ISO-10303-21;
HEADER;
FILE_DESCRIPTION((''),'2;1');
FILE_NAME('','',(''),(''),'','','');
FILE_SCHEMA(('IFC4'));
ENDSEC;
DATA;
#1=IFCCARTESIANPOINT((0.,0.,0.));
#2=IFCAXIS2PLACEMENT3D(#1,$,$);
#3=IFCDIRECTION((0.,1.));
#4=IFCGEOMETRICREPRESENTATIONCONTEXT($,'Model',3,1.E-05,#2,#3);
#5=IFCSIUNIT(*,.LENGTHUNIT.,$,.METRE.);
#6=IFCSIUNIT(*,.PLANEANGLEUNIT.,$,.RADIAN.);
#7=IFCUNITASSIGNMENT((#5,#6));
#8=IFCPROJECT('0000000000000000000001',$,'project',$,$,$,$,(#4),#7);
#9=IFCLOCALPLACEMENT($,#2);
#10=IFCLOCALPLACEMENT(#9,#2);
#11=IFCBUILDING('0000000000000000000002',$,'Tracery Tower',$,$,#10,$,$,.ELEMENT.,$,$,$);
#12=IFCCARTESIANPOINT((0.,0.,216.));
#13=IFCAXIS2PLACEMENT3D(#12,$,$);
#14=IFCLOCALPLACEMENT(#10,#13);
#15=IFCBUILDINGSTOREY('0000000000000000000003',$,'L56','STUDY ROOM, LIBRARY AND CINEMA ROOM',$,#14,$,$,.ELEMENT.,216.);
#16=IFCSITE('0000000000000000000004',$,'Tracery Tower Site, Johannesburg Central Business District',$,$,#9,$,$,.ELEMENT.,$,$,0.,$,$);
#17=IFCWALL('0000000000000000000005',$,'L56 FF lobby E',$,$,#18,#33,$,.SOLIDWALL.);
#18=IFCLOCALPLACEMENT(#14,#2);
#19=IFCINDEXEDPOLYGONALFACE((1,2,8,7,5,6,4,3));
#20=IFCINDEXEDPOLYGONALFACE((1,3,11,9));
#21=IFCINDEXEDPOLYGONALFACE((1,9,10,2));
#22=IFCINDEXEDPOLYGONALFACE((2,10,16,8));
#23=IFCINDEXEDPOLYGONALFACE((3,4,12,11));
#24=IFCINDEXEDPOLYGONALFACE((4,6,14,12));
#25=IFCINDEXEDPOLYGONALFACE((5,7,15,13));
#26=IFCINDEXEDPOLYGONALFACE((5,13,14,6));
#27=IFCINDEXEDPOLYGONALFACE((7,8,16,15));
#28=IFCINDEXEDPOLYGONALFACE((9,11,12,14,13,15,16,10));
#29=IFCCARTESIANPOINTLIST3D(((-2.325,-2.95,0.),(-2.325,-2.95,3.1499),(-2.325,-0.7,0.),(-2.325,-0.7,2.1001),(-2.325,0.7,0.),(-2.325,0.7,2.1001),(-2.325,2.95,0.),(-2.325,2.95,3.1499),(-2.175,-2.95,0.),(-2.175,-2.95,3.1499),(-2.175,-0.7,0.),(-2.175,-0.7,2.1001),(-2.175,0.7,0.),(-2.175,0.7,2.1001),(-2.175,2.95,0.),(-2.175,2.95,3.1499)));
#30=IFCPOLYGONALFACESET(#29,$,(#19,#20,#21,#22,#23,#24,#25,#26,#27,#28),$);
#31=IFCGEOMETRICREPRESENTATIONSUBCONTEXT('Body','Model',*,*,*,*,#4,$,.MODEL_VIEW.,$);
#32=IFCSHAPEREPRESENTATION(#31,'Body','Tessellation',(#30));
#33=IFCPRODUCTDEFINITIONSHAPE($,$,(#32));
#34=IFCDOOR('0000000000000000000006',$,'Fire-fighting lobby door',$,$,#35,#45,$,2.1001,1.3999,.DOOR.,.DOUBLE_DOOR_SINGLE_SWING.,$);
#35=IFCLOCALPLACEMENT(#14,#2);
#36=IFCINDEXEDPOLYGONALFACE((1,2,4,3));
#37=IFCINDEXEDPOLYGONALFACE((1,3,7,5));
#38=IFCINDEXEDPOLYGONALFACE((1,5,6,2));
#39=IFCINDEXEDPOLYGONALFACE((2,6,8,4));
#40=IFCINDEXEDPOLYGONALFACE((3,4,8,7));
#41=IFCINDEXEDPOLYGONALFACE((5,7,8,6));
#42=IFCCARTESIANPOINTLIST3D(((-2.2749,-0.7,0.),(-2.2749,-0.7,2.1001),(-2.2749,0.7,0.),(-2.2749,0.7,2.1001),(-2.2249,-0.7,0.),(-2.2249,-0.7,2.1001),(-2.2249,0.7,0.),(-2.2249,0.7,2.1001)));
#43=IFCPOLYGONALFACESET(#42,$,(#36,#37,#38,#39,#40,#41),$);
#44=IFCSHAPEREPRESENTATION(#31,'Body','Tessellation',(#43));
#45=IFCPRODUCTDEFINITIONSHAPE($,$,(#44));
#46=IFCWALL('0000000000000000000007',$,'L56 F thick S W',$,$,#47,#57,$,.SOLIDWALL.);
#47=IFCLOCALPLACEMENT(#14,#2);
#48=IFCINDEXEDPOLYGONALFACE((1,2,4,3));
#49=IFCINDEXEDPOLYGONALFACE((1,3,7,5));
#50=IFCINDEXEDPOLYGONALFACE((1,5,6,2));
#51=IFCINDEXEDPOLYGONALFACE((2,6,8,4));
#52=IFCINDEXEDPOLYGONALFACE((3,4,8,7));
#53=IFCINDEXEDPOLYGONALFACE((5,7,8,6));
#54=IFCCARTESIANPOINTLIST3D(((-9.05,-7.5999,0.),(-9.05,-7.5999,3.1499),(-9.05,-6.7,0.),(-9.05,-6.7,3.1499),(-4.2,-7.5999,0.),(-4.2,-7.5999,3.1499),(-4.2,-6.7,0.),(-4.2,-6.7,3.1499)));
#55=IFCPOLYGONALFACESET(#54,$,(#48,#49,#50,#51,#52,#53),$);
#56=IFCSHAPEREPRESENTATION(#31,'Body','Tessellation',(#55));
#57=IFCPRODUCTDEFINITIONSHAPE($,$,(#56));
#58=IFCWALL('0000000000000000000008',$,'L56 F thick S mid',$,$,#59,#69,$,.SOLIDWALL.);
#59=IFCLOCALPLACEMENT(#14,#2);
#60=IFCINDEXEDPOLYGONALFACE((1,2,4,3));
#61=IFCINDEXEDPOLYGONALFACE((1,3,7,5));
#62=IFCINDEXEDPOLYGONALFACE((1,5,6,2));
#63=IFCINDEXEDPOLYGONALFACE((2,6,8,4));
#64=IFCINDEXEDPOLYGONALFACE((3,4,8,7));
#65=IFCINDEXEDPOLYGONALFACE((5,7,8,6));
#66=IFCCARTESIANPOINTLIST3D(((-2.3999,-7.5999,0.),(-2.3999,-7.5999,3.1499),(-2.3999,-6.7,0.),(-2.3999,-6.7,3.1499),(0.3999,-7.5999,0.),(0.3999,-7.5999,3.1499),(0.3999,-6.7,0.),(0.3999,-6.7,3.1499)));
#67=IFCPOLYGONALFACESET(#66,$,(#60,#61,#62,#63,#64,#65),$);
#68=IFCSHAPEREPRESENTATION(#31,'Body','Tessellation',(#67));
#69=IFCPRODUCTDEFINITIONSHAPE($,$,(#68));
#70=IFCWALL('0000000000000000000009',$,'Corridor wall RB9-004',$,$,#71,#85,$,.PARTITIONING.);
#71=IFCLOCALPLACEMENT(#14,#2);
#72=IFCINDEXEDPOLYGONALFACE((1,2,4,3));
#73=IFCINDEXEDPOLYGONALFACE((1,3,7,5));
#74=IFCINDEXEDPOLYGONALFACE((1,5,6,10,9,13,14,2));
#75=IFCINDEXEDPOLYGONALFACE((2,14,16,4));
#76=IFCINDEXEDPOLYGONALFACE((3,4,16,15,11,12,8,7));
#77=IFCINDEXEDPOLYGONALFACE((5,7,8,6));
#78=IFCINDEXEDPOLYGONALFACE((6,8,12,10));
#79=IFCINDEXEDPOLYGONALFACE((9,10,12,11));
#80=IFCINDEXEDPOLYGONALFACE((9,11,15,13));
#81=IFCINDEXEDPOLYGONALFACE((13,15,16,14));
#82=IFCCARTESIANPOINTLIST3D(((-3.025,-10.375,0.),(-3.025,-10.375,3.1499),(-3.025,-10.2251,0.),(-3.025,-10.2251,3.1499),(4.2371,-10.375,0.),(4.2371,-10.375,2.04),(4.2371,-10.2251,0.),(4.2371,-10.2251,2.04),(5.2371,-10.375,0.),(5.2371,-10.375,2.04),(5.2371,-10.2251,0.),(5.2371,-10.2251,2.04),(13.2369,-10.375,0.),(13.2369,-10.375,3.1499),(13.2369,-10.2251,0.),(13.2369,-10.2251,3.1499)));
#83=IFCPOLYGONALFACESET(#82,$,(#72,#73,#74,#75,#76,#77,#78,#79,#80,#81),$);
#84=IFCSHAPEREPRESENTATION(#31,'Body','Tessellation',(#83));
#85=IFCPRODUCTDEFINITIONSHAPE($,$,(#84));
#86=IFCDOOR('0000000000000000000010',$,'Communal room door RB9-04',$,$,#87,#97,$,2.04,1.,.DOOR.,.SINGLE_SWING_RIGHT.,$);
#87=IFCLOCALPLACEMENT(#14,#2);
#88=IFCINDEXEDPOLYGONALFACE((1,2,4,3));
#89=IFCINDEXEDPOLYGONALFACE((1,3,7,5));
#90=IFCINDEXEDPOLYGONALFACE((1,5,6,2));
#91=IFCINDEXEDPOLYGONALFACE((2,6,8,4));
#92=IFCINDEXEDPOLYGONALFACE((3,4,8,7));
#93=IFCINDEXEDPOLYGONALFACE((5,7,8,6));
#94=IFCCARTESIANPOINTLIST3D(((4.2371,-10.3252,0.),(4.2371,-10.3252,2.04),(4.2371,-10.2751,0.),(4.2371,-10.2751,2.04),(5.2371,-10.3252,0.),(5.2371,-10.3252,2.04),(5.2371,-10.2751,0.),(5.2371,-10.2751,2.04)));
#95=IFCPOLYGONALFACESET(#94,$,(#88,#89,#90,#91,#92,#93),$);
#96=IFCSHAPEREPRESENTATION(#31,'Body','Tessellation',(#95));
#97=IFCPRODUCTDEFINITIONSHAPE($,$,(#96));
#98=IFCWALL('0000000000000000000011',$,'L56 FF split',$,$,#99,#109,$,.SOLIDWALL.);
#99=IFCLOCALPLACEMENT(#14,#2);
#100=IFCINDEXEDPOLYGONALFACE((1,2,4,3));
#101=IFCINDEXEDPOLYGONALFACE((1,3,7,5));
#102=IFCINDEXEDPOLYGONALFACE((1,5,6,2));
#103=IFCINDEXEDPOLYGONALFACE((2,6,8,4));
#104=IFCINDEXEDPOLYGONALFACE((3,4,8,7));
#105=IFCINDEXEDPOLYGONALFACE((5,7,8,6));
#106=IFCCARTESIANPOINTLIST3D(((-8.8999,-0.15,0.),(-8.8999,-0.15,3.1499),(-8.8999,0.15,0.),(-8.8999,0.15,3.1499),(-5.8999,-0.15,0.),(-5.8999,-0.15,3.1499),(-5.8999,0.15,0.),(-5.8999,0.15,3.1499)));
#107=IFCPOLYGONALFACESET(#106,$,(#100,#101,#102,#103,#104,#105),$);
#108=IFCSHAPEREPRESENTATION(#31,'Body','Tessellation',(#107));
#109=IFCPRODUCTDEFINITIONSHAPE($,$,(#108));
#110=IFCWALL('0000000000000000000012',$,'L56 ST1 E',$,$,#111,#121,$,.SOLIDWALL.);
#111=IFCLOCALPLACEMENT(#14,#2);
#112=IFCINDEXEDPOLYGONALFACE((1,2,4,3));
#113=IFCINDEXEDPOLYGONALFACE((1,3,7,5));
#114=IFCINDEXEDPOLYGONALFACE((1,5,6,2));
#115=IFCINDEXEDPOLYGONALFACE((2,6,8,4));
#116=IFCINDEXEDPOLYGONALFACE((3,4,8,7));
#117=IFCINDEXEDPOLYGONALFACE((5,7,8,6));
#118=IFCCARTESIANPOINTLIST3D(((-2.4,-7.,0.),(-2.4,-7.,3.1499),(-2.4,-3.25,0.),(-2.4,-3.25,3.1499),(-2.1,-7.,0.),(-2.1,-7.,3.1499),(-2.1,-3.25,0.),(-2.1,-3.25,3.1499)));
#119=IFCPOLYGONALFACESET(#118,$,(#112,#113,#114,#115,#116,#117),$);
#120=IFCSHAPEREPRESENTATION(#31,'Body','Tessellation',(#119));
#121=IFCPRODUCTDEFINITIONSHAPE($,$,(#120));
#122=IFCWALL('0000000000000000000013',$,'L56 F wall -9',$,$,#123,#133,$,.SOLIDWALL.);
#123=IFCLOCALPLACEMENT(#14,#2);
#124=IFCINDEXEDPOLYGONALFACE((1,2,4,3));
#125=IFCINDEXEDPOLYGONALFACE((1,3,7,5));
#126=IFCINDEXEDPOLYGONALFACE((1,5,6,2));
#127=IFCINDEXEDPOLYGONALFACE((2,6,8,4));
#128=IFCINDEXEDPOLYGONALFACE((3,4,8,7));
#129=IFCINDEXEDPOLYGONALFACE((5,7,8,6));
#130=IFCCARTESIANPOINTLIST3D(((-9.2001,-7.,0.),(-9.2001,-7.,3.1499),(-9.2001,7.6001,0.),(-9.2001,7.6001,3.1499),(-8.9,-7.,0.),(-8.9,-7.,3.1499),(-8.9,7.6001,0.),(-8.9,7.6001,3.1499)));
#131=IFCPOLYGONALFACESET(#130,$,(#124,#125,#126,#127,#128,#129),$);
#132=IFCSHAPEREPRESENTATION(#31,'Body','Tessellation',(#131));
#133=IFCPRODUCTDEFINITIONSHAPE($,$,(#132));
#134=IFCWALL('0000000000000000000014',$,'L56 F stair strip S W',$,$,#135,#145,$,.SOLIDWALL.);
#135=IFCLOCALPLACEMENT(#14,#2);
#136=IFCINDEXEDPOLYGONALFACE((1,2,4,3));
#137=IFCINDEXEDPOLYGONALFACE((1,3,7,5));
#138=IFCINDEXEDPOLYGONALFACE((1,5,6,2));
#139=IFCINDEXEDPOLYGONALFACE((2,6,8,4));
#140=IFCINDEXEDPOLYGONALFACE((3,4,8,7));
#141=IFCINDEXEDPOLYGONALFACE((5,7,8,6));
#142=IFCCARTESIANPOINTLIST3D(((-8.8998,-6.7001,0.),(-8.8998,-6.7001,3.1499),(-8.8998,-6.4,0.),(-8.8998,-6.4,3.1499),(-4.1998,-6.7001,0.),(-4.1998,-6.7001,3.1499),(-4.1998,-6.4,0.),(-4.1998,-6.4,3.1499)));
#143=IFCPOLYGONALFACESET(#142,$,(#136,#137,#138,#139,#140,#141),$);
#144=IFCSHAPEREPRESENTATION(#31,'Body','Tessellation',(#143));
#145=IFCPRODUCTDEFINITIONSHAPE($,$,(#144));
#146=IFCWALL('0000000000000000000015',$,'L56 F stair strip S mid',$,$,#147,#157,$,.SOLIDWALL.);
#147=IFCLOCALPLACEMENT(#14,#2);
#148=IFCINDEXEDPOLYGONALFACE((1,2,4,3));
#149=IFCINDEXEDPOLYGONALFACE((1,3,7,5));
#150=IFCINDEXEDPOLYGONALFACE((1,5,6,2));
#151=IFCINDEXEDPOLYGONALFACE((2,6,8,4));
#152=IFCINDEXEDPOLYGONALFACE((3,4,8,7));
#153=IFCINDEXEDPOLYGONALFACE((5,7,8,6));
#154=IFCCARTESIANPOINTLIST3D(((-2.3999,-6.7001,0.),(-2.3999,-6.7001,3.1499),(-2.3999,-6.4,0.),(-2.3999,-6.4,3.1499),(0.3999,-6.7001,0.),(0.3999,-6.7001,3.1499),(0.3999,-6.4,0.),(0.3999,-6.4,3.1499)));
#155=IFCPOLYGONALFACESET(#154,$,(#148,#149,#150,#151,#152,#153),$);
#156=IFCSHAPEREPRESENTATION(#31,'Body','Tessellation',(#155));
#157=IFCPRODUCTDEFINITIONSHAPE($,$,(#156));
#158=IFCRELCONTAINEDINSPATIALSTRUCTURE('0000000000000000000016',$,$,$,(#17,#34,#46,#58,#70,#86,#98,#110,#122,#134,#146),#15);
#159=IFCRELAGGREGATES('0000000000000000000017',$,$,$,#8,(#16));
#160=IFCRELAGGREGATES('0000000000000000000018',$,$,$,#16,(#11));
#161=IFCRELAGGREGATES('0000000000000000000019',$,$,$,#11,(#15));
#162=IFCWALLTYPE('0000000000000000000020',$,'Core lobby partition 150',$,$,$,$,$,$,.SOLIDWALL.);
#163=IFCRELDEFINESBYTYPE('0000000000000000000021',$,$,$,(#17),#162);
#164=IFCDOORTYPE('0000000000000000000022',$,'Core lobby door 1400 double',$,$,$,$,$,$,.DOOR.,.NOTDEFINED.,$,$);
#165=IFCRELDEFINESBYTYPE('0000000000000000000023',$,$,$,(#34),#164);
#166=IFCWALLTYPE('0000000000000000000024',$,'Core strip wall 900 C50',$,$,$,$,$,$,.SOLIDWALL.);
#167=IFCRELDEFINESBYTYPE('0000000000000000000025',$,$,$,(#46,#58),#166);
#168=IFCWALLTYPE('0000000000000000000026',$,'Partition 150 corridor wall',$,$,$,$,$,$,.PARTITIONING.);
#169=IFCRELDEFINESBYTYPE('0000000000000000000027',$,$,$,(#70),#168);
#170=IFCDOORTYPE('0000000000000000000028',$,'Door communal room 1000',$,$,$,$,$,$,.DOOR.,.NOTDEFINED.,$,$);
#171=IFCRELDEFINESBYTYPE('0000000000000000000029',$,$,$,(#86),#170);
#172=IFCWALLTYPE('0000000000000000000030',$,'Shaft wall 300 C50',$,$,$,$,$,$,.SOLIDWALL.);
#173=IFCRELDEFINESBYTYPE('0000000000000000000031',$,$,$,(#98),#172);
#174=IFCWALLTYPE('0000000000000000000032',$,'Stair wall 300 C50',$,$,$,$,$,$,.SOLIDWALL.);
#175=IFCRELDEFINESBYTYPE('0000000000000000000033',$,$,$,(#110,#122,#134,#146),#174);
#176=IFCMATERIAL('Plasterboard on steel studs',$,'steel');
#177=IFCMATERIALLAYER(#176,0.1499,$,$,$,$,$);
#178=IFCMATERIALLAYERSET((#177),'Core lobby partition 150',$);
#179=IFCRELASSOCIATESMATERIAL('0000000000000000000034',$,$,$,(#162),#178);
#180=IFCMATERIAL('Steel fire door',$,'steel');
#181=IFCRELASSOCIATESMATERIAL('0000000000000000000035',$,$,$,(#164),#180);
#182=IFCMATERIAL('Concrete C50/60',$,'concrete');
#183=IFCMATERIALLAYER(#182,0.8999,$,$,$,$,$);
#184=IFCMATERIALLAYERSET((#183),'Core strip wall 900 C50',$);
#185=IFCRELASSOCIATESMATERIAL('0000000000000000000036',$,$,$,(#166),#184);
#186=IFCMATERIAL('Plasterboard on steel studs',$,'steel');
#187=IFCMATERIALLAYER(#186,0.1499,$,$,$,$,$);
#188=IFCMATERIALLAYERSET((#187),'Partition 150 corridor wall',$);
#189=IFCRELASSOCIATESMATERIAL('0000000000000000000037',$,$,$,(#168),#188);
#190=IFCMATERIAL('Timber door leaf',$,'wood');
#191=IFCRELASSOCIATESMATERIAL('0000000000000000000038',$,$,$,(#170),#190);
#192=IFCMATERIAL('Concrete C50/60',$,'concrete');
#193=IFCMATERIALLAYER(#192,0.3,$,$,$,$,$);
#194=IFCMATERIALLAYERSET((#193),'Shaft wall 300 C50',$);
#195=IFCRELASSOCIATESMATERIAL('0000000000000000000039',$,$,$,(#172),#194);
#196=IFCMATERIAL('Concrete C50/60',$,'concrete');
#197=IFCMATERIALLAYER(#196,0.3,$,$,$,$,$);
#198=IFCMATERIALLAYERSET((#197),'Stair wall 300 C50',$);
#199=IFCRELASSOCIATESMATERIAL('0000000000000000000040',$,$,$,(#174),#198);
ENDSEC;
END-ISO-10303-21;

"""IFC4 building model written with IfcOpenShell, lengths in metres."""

from ifc_helpers import new_model, si_unit, direction, frame, frame_2d, origin, place, context, subcontext, project, spatial, rectangle, extrude, material, layer, layer_set, type_object, element, fill, save


model = new_model("IFC4")

# Units and contexts
model_context = context("Model", 3, precision=1e-05, world=origin(), true_north=direction((0.0, 1.0)))
body_context = subcontext(model_context, "Body", "Model", "MODEL_VIEW")
ifc_project = project(units=[si_unit("LENGTHUNIT", "METRE"), si_unit("PLANEANGLEUNIT", "RADIAN")], contexts=[model_context])

# Site, building, storey
site_placement = place(None, origin())
site = spatial("IfcSite", under=ifc_project, at=site_placement, Name="Tracery Tower Site, Johannesburg Central Business District", CompositionType="ELEMENT", RefElevation=0.0)
building_placement = place(site_placement, origin())
building = spatial("IfcBuilding", under=site, at=building_placement, Name="Tracery Tower", CompositionType="ELEMENT")
storey_placement = place(building_placement, frame((0.0, 0.0, 216.0)))
storey = spatial("IfcBuildingStorey", under=building, at=storey_placement, Name="L56", Description="STUDY ROOM, LIBRARY AND CINEMA ROOM", CompositionType="ELEMENT", Elevation=216.0)

# Wall, opening, door
ifc_material_1 = material(Name="Plasterboard on steel studs", Category="steel")
ifc_layer_1 = layer(ifc_material_1, 0.1499)
ifc_layer_set_1 = layer_set([ifc_layer_1], Name="Core lobby partition 150")
wall_type_1 = type_object("IfcWallType", Name="Core lobby partition 150", PredefinedType="SOLIDWALL", material=ifc_layer_set_1)
wall_1_placement = place(storey_placement, frame((-2.25, -2.95, 0.0), z_axis=(0.0, 0.0, 1.0), x_axis=(0.0, 1.0, 0.0)))
wall_1 = element("IfcWall", 1, at=wall_1_placement, inside=storey, type_object=wall_type_1, Name="L56 FF lobby E", PredefinedType="SOLIDWALL", context=body_context, shape_type="SweptSolid", body=[
    extrude(rectangle(XDim=5.8999, YDim=0.1499, at=frame_2d((2.95, 0.0))), origin(), (0.0, 0.0, 1.0), 3.1499),
])
opening_1_placement = place(wall_1_placement, frame((2.25, 0.0, 0.0)))
opening_1 = element("IfcOpeningElement", 2, at=opening_1_placement, cuts=wall_1, PredefinedType="OPENING", context=body_context, shape_type="SweptSolid", body=[
    extrude(rectangle(XDim=1.3999, YDim=2.1001, at=frame_2d((0.7, 1.05))), frame((0.0, 0.075, 0.0), z_axis=(0.0, -1.0, 0.0), x_axis=(1.0, 0.0, 0.0)), (0.0, 0.0, 1.0), 0.1499),
])
ifc_material_2 = material(Name="Steel fire door", Category="steel")
door_type_1 = type_object("IfcDoorType", Name="Core lobby door 1400 double", OperationType="NOTDEFINED", PredefinedType="DOOR", material=ifc_material_2)
door_1_placement = place(opening_1_placement, origin())
door_1 = element("IfcDoor", 3, at=door_1_placement, inside=storey, type_object=door_type_1, Name="Fire-fighting lobby door", OperationType="DOUBLE_DOOR_SINGLE_SWING", OverallHeight=2.1001, OverallWidth=1.3999, PredefinedType="DOOR", context=body_context, shape_type="SweptSolid", body=[
    extrude(rectangle(XDim=1.3999, YDim=2.1001, at=frame_2d((0.7, 1.05))), frame((0.0, 0.0249, 0.0), z_axis=(0.0, -1.0, 0.0), x_axis=(1.0, 0.0, 0.0)), (0.0, 0.0, 1.0), 0.05),
])
fill(opening_1, door_1)

# Walls
ifc_material_3 = material(Name="Concrete C50/60", Category="concrete")
ifc_layer_2 = layer(ifc_material_3, 0.8999)
ifc_layer_set_2 = layer_set([ifc_layer_2], Name="Core strip wall 900 C50")
wall_type_2 = type_object("IfcWallType", Name="Core strip wall 900 C50", PredefinedType="SOLIDWALL", material=ifc_layer_set_2)
wall_2_placement = place(storey_placement, frame((-9.05, -7.1499, 0.0), z_axis=(0.0, 0.0, 1.0), x_axis=(1.0, 0.0, 0.0)))
element("IfcWall", 4, at=wall_2_placement, inside=storey, type_object=wall_type_2, Name="L56 F thick S W", PredefinedType="SOLIDWALL", context=body_context, shape_type="SweptSolid", body=[
    extrude(rectangle(XDim=4.8501, YDim=0.8999, at=frame_2d((2.425, 0.0))), origin(), (0.0, 0.0, 1.0), 3.1499),
])
wall_3_placement = place(storey_placement, frame((-2.3999, -7.1499, 0.0), z_axis=(0.0, 0.0, 1.0), x_axis=(1.0, 0.0, 0.0)))
element("IfcWall", 5, at=wall_3_placement, inside=storey, type_object=wall_type_2, Name="L56 F thick S mid", PredefinedType="SOLIDWALL", context=body_context, shape_type="SweptSolid", body=[
    extrude(rectangle(XDim=2.7998, YDim=0.8999, at=frame_2d((1.3999, 0.0))), origin(), (0.0, 0.0, 1.0), 3.1499),
])

# Wall, opening, door
ifc_material_4 = material(Name="Plasterboard on steel studs", Category="steel")
ifc_layer_3 = layer(ifc_material_4, 0.1499)
ifc_layer_set_3 = layer_set([ifc_layer_3], Name="Partition 150 corridor wall")
wall_type_3 = type_object("IfcWallType", Name="Partition 150 corridor wall", PredefinedType="PARTITIONING", material=ifc_layer_set_3)
wall_4_placement = place(storey_placement, frame((-3.0249, -10.3, 0.0), z_axis=(0.0, 0.0, 1.0), x_axis=(1.0, 0.0, 0.0)))
wall_4 = element("IfcWall", 6, at=wall_4_placement, inside=storey, type_object=wall_type_3, Name="Corridor wall RB9-004", PredefinedType="PARTITIONING", context=body_context, shape_type="SweptSolid", body=[
    extrude(rectangle(XDim=16.262, YDim=0.1499, at=frame_2d((8.1309, 0.0))), origin(), (0.0, 0.0, 1.0), 3.1499),
])
opening_2_placement = place(wall_4_placement, frame((7.262, 0.0, 0.0)))
opening_2 = element("IfcOpeningElement", 7, at=opening_2_placement, cuts=wall_4, PredefinedType="OPENING", context=body_context, shape_type="SweptSolid", body=[
    extrude(rectangle(XDim=1.0, YDim=2.04, at=frame_2d((0.5, 1.02))), frame((0.0, 0.075, 0.0), z_axis=(0.0, -1.0, 0.0), x_axis=(1.0, 0.0, 0.0)), (0.0, 0.0, 1.0), 0.1499),
])
ifc_material_5 = material(Name="Timber door leaf", Category="wood")
door_type_2 = type_object("IfcDoorType", Name="Door communal room 1000", OperationType="NOTDEFINED", PredefinedType="DOOR", material=ifc_material_5)
door_2_placement = place(opening_2_placement, origin())
door_2 = element("IfcDoor", 8, at=door_2_placement, inside=storey, type_object=door_type_2, Name="Communal room door RB9-04", OperationType="SINGLE_SWING_RIGHT", OverallHeight=2.04, OverallWidth=1.0, PredefinedType="DOOR", context=body_context, shape_type="SweptSolid", body=[
    extrude(rectangle(XDim=1.0, YDim=2.04, at=frame_2d((0.5, 1.02))), frame((0.0, 0.0249, 0.0), z_axis=(0.0, -1.0, 0.0), x_axis=(1.0, 0.0, 0.0)), (0.0, 0.0, 1.0), 0.05),
])
fill(opening_2, door_2)

# Wall
ifc_material_6 = material(Name="Concrete C50/60", Category="concrete")
ifc_layer_4 = layer(ifc_material_6, 0.3)
ifc_layer_set_4 = layer_set([ifc_layer_4], Name="Shaft wall 300 C50")
wall_type_4 = type_object("IfcWallType", Name="Shaft wall 300 C50", PredefinedType="SOLIDWALL", material=ifc_layer_set_4)
wall_5_placement = place(storey_placement, frame((-8.8999, 0.0, 0.0), z_axis=(0.0, 0.0, 1.0), x_axis=(1.0, 0.0, 0.0)))
element("IfcWall", 9, at=wall_5_placement, inside=storey, type_object=wall_type_4, Name="L56 FF split", PredefinedType="SOLIDWALL", context=body_context, shape_type="SweptSolid", body=[
    extrude(rectangle(XDim=3.0, YDim=0.3, at=frame_2d((1.5, 0.0))), origin(), (0.0, 0.0, 1.0), 3.1499),
])

# Shared definitions
ifc_material_7 = material(Name="Concrete C50/60", Category="concrete")
ifc_layer_5 = layer(ifc_material_7, 0.3)
ifc_layer_set_5 = layer_set([ifc_layer_5], Name="Stair wall 300 C50")
wall_type_5 = type_object("IfcWallType", Name="Stair wall 300 C50", PredefinedType="SOLIDWALL", material=ifc_layer_set_5)

# Walls
wall_6_placement = place(storey_placement, frame((-2.25, -7.0, 0.0), z_axis=(0.0, 0.0, 1.0), x_axis=(0.0, 1.0, 0.0)))
element("IfcWall", 10, at=wall_6_placement, inside=storey, type_object=wall_type_5, Name="L56 ST1 E", PredefinedType="SOLIDWALL", context=body_context, shape_type="SweptSolid", body=[
    extrude(rectangle(XDim=3.75, YDim=0.3, at=frame_2d((1.875, 0.0))), origin(), (0.0, 0.0, 1.0), 3.1499),
])
wall_7_placement = place(storey_placement, frame((-9.05, -7.0, 0.0), z_axis=(0.0, 0.0, 1.0), x_axis=(0.0, 1.0, 0.0)))
element("IfcWall", 11, at=wall_7_placement, inside=storey, type_object=wall_type_5, Name="L56 F wall -9", PredefinedType="SOLIDWALL", context=body_context, shape_type="SweptSolid", body=[
    extrude(rectangle(XDim=14.6001, YDim=0.3, at=frame_2d((7.3, 0.0))), origin(), (0.0, 0.0, 1.0), 3.1499),
])
wall_8_placement = place(storey_placement, frame((-8.8999, -6.55, 0.0), z_axis=(0.0, 0.0, 1.0), x_axis=(1.0, 0.0, 0.0)))
element("IfcWall", 12, at=wall_8_placement, inside=storey, type_object=wall_type_5, Name="L56 F stair strip S W", PredefinedType="SOLIDWALL", context=body_context, shape_type="SweptSolid", body=[
    extrude(rectangle(XDim=4.7, YDim=0.3, at=frame_2d((2.3501, 0.0))), origin(), (0.0, 0.0, 1.0), 3.1499),
])
wall_9_placement = place(storey_placement, frame((-2.3999, -6.55, 0.0), z_axis=(0.0, 0.0, 1.0), x_axis=(1.0, 0.0, 0.0)))
element("IfcWall", 13, at=wall_9_placement, inside=storey, type_object=wall_type_5, Name="L56 F stair strip S mid", PredefinedType="SOLIDWALL", context=body_context, shape_type="SweptSolid", body=[
    extrude(rectangle(XDim=2.7998, YDim=0.3, at=frame_2d((1.3999, 0.0))), origin(), (0.0, 0.0, 1.0), 3.1499),
])

save(model, "model.ifc")
